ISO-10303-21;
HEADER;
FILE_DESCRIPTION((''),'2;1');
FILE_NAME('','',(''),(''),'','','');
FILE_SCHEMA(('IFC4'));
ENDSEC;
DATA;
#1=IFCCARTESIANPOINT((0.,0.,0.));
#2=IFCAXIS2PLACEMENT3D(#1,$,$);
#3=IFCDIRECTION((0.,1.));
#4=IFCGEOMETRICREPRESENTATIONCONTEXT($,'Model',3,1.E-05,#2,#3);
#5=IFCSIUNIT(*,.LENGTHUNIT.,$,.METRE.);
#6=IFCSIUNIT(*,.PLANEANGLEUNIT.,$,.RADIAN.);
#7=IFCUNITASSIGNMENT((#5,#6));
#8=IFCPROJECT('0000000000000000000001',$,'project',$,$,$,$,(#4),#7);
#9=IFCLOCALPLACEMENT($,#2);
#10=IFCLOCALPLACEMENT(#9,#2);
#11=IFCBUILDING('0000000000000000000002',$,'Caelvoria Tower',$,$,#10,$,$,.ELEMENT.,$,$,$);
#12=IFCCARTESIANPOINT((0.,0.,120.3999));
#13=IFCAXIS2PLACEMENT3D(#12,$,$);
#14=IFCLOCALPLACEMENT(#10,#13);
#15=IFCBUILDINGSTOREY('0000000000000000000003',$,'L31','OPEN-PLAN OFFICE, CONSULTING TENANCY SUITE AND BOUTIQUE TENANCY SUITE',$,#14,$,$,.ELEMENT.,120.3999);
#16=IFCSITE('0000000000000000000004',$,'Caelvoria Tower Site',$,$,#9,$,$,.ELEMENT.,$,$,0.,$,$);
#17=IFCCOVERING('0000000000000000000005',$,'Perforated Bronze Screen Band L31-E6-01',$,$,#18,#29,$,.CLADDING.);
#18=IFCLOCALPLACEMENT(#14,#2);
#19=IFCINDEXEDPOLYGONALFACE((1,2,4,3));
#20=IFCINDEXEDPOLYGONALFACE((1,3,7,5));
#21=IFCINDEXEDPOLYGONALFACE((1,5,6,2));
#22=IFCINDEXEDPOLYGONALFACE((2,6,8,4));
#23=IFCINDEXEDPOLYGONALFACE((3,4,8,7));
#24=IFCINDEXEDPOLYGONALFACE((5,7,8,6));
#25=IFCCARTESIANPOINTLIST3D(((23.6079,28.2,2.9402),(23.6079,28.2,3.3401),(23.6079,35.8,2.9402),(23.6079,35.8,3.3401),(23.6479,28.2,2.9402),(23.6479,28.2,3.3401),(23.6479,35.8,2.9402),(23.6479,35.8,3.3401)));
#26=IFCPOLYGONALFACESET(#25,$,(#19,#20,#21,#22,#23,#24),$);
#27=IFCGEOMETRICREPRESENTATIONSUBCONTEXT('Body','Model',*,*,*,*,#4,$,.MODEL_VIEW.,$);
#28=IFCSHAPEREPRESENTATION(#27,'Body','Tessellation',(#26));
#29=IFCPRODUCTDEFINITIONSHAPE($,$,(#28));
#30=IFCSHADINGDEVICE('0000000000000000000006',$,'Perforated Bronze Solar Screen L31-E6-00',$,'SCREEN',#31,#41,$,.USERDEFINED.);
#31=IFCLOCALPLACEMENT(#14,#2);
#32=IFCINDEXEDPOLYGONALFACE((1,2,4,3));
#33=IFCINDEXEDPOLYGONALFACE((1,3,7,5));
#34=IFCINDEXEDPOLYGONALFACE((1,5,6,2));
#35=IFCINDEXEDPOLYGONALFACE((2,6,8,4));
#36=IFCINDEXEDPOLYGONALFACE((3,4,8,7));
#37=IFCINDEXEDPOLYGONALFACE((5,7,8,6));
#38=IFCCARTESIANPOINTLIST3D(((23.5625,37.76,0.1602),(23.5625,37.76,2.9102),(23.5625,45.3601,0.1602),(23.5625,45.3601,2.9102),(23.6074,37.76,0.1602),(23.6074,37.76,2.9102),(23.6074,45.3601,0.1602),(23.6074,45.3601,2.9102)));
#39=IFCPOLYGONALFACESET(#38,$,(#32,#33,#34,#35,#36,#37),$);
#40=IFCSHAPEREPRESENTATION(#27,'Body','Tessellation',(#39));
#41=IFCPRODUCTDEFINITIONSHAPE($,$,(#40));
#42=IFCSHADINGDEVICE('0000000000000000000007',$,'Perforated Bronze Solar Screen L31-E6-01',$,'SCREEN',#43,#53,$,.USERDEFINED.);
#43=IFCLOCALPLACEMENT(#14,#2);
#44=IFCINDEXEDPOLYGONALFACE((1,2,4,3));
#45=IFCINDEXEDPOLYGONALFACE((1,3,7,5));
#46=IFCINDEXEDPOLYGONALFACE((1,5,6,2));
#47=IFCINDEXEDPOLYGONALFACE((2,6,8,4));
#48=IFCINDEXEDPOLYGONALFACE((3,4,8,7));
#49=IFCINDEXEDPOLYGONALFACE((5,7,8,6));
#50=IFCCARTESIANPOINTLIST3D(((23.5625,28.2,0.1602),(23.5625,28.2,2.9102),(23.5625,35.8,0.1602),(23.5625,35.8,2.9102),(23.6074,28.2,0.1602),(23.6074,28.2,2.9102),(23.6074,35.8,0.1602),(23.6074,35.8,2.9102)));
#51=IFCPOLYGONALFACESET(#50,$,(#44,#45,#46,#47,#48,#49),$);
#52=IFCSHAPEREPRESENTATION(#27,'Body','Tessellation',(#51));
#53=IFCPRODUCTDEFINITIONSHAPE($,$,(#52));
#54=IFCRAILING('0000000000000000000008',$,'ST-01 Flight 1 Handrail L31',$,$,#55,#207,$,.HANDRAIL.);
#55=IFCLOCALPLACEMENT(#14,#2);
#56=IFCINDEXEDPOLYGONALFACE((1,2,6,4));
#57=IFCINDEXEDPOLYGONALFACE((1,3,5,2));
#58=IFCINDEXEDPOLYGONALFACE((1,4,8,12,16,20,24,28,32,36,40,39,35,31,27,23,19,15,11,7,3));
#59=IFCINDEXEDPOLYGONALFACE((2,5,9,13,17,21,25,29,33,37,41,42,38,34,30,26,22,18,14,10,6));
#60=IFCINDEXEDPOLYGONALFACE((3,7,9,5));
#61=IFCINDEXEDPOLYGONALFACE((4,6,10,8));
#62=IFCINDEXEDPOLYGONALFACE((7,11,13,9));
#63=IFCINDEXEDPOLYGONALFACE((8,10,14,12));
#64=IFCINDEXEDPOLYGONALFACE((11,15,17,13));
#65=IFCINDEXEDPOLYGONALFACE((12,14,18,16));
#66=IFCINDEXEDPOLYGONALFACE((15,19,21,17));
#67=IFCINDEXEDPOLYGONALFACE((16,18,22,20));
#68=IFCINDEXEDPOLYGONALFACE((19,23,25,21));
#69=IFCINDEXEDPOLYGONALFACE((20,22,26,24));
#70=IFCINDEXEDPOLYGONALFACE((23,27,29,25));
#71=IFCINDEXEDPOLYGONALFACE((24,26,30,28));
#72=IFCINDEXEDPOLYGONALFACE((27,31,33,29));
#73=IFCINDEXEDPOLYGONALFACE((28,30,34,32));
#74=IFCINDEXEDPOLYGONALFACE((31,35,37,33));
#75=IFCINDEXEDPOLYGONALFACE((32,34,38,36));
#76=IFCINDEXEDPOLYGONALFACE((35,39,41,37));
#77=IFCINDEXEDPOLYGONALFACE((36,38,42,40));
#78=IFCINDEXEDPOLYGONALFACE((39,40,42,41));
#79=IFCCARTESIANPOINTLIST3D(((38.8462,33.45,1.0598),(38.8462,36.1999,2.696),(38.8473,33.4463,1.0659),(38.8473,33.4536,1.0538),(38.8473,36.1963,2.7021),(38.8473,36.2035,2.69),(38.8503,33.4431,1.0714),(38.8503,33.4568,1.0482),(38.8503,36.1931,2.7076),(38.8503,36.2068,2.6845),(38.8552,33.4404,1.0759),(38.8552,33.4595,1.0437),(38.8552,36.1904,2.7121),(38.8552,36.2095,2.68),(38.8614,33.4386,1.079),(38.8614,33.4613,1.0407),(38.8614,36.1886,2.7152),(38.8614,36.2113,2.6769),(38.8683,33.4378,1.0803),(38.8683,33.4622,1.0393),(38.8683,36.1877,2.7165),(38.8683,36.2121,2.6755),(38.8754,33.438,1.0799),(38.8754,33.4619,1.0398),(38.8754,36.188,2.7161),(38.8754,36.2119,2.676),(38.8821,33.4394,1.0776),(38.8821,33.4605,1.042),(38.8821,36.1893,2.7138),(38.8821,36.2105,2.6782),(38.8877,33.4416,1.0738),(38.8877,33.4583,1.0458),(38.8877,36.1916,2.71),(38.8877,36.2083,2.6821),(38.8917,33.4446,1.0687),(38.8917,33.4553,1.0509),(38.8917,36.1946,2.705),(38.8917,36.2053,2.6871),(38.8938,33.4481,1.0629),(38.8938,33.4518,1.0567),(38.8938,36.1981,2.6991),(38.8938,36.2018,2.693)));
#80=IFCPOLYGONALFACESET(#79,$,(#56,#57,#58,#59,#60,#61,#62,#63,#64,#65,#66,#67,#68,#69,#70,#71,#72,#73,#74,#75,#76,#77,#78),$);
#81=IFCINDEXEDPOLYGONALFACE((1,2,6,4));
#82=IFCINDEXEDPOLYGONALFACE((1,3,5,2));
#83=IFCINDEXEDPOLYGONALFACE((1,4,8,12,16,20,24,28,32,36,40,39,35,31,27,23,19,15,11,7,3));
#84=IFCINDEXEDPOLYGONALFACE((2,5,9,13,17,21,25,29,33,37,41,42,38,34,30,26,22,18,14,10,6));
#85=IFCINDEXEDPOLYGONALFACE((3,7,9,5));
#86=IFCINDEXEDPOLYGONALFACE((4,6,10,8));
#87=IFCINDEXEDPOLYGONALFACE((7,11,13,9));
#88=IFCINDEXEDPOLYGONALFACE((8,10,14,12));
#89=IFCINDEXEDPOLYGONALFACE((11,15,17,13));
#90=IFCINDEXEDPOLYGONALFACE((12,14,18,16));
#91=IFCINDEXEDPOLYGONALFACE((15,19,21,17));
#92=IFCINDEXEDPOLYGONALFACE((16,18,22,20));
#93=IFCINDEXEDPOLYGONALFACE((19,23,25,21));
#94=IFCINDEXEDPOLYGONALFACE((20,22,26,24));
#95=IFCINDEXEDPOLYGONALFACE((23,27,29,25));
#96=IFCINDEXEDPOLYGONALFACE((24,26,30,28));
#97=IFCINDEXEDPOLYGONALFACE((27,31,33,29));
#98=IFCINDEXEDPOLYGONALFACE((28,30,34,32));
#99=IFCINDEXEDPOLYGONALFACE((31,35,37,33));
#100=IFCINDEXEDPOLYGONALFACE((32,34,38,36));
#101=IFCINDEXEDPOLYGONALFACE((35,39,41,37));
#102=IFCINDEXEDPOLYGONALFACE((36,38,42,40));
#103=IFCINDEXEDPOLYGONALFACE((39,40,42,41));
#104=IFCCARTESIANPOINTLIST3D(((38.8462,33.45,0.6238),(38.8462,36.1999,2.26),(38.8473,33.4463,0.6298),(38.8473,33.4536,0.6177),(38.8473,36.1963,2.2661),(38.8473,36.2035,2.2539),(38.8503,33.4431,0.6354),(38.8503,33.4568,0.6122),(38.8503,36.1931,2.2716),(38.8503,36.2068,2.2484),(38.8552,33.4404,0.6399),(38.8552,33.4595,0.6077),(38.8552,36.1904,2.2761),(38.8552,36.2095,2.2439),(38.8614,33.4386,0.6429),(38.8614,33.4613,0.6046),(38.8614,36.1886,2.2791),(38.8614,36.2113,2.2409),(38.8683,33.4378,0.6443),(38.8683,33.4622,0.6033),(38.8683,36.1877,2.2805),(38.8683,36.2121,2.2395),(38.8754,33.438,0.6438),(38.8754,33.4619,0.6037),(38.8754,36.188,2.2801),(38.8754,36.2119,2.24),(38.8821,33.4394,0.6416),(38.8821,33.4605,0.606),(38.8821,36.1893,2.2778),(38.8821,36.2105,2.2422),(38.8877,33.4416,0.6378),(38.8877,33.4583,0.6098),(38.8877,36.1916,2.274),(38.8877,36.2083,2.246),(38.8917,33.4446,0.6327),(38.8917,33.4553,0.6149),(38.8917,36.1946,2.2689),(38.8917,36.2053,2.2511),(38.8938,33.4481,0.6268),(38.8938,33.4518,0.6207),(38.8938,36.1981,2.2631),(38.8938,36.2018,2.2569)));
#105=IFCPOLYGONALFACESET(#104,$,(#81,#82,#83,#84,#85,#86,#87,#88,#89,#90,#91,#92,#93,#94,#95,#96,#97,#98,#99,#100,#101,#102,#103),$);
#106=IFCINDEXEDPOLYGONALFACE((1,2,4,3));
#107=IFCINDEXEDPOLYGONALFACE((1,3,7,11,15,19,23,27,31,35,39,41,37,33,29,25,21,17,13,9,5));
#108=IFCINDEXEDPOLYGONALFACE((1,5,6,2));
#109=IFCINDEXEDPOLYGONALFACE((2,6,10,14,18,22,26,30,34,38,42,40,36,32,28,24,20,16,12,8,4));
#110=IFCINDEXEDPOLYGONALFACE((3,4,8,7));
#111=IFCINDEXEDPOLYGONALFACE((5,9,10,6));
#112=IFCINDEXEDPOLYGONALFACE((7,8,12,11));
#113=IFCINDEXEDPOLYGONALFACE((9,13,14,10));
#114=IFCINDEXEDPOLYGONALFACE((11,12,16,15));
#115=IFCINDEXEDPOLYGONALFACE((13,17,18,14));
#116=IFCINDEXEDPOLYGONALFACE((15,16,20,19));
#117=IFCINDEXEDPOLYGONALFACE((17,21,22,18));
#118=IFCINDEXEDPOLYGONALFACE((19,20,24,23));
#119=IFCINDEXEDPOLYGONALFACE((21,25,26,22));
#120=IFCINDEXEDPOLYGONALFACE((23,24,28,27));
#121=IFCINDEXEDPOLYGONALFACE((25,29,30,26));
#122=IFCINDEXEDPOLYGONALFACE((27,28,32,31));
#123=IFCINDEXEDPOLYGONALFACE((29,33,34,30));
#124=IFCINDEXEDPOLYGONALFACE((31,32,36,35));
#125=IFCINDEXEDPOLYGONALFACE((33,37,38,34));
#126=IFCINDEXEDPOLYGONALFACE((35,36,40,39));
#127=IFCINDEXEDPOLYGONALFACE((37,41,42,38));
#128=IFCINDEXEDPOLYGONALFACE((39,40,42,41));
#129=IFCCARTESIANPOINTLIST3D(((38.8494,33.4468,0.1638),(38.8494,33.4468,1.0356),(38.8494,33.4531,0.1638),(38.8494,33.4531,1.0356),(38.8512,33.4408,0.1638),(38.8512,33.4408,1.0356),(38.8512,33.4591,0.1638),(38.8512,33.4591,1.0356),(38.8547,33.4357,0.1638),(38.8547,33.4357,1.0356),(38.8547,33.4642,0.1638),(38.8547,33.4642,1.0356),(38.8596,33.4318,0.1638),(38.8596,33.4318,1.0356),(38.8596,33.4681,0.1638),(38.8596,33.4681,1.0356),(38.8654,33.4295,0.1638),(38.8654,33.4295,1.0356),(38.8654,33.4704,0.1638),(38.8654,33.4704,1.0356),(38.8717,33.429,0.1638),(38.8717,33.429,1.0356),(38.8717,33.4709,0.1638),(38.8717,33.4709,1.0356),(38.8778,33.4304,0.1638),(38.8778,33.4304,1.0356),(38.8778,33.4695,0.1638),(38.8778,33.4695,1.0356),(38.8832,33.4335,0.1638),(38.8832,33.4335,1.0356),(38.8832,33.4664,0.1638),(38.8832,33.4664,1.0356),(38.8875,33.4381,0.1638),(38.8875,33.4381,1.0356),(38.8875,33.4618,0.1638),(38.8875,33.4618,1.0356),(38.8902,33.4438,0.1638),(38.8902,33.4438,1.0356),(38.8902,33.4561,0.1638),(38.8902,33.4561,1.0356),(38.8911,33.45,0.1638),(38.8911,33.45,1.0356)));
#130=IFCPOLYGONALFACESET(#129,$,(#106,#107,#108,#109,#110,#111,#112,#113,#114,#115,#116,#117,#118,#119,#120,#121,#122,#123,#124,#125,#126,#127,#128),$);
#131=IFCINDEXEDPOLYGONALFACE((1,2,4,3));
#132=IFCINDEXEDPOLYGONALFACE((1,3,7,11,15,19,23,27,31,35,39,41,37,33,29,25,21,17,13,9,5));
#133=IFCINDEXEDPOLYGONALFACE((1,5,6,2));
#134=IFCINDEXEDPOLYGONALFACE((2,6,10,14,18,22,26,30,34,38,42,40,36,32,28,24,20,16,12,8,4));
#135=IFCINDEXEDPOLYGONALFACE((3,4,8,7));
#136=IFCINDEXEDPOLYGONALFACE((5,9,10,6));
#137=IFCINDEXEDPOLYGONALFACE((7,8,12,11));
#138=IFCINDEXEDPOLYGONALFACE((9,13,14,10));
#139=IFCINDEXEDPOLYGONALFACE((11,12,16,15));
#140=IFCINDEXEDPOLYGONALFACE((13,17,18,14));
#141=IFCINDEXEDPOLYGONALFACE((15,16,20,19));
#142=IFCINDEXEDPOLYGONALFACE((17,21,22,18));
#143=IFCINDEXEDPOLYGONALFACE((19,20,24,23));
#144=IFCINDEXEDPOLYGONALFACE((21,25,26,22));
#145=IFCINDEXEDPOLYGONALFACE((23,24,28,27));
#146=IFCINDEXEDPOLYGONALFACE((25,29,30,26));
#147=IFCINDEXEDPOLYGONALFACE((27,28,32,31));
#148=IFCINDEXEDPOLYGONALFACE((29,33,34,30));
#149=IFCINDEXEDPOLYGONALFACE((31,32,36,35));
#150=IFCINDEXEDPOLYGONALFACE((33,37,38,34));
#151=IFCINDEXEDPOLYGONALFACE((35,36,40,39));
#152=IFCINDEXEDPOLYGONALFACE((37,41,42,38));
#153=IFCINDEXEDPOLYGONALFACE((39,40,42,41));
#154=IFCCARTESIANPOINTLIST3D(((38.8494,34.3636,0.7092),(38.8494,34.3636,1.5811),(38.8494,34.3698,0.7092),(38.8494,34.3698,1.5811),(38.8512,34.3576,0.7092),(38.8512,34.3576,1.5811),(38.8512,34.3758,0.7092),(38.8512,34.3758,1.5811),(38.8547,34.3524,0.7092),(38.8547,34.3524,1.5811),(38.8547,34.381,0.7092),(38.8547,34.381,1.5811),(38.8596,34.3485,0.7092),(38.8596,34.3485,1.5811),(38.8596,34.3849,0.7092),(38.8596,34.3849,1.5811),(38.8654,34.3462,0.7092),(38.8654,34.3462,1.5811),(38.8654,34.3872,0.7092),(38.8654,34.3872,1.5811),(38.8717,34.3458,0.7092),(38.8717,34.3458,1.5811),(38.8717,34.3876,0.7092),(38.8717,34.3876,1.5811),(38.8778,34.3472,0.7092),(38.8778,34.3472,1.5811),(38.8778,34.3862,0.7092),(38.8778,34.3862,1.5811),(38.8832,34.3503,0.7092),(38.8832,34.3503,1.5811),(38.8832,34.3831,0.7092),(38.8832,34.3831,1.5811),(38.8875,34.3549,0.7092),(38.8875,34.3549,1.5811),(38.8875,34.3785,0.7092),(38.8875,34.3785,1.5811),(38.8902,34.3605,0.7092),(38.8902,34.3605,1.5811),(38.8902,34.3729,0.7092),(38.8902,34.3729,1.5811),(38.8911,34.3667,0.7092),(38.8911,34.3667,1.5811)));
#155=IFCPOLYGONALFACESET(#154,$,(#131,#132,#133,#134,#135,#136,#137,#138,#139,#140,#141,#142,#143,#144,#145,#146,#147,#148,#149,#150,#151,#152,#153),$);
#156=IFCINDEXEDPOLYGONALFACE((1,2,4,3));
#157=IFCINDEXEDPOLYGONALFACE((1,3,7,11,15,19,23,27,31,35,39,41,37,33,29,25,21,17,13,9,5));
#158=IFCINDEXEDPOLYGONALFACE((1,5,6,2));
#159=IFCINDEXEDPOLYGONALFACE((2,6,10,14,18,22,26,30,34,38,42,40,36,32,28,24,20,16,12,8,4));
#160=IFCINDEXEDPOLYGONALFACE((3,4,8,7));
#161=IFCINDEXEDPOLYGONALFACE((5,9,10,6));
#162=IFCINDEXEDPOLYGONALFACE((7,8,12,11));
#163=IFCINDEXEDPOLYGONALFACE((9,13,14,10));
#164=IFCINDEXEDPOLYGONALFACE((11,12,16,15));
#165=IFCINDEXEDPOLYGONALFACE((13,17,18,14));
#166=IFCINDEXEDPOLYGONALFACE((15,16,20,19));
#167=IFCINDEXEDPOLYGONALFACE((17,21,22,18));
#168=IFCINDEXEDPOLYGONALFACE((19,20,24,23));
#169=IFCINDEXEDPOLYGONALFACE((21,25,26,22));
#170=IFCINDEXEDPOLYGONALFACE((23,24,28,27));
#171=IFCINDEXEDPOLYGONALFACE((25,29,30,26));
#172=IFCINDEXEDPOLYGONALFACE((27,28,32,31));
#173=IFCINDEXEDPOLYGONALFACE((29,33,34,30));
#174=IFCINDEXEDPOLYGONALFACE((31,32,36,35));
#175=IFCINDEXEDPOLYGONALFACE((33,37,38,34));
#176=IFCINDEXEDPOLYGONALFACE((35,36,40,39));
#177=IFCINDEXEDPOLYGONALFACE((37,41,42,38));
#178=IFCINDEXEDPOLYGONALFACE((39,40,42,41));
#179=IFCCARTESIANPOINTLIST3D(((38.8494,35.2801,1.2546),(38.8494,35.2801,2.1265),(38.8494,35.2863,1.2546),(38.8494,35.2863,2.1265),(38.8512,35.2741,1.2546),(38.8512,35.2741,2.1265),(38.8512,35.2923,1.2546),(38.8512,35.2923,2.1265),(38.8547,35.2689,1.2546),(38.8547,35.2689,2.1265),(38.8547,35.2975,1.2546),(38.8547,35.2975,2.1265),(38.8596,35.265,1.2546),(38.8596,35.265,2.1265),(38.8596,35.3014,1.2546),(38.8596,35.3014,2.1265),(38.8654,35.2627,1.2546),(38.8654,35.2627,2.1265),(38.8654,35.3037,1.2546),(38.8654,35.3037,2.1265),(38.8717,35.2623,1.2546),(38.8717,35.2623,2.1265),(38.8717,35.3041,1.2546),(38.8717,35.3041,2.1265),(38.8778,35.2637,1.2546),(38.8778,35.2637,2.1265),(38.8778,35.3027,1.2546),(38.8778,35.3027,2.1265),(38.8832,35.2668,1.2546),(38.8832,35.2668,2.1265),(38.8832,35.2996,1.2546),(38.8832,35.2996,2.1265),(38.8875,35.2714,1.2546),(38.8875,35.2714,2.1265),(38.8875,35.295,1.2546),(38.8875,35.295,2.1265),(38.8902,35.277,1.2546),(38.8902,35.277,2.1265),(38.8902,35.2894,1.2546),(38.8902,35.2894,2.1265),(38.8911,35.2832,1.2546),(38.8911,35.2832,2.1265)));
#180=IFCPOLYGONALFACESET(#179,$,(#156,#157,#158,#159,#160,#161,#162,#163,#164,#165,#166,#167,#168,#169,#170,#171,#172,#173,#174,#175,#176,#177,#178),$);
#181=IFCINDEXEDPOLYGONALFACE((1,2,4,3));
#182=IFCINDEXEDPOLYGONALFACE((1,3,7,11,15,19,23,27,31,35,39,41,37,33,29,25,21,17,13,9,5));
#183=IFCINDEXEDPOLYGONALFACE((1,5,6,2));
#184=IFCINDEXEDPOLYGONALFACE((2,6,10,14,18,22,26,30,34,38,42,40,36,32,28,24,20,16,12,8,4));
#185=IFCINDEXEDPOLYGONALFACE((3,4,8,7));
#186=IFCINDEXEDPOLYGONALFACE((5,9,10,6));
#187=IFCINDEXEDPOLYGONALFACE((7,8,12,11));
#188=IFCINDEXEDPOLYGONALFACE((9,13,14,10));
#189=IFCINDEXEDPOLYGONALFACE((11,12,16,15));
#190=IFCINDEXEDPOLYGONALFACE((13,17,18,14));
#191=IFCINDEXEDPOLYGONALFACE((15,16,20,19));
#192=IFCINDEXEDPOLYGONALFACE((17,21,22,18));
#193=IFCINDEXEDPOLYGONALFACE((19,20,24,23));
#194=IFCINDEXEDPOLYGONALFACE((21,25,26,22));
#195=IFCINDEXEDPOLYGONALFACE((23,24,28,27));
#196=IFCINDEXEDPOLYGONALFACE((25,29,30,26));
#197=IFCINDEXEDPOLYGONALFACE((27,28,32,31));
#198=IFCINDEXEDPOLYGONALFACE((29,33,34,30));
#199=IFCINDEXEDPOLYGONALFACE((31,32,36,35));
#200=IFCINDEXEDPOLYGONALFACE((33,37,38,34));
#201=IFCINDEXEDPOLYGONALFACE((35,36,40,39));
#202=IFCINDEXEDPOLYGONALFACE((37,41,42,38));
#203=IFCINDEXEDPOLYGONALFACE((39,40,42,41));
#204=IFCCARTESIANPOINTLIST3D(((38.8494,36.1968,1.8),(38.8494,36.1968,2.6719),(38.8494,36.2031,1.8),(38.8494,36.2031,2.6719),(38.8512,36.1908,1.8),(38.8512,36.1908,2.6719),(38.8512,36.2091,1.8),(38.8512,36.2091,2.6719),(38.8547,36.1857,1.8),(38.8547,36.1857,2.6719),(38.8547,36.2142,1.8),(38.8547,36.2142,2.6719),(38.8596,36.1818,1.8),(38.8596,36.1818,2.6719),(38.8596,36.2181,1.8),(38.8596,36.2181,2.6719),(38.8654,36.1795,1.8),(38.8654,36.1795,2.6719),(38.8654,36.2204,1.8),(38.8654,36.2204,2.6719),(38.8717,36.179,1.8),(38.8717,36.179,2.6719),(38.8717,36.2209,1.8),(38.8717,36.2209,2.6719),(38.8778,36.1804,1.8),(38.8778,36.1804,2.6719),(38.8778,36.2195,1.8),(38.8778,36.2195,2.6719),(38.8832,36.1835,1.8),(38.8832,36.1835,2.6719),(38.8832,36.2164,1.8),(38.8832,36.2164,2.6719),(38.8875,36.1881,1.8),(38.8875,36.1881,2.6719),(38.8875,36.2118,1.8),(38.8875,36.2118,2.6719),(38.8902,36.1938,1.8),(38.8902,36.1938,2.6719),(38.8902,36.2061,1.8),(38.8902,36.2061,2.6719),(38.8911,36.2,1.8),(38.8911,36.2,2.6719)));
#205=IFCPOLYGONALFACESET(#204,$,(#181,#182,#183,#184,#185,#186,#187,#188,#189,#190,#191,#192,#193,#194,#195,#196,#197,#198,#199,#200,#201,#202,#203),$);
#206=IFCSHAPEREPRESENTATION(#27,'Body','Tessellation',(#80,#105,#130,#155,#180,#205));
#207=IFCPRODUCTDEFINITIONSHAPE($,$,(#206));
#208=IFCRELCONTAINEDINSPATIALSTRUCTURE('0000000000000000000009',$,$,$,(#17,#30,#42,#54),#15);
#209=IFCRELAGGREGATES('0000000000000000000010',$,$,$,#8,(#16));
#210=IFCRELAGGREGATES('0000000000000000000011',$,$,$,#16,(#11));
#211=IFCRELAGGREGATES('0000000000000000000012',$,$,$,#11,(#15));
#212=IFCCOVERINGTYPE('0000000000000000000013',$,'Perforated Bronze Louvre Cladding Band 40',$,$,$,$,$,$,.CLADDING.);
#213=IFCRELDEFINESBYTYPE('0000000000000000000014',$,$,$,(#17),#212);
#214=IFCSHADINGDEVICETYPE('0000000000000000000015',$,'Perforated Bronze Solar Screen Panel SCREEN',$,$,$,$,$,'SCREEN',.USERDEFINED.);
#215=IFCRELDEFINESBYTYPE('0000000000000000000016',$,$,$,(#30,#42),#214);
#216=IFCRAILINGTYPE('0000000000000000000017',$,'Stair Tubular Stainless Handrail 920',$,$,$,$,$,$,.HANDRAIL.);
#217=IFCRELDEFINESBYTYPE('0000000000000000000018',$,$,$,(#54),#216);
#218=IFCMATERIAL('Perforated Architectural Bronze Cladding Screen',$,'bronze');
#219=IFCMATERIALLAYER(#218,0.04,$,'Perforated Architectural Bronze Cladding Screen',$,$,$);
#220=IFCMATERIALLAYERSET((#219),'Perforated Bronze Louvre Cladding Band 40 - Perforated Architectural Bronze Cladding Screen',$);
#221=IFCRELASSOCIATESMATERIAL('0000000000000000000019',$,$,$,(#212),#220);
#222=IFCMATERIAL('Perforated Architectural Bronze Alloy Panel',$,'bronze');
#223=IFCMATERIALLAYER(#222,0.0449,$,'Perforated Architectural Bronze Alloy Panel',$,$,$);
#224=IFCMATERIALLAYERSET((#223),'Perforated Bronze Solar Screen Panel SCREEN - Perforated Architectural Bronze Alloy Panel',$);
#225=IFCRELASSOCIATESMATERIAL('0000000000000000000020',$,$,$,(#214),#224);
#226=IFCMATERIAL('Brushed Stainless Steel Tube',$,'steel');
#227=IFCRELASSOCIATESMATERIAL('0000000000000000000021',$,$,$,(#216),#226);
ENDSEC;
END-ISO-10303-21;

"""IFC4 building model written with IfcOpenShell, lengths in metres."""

from ifc_helpers import new_model, si_unit, direction, frame, origin, origin_2d, place, context, subcontext, project, spatial, rectangle, circle, extrude, material, layer, layer_set, type_object, element, save


model = new_model("IFC4")

# Units and contexts
model_context = context("Model", 3, precision=1e-05, world=origin(), true_north=direction((0.0, 1.0)))
body_context = subcontext(model_context, "Body", "Model", "MODEL_VIEW")
ifc_project = project(units=[si_unit("LENGTHUNIT", "METRE"), si_unit("PLANEANGLEUNIT", "RADIAN")], contexts=[model_context])

# Site, building, storey
site_placement = place(None, origin())
site = spatial("IfcSite", under=ifc_project, at=site_placement, Name="Caelvoria Tower Site", CompositionType="ELEMENT", RefElevation=0.0)
building_placement = place(site_placement, origin())
building = spatial("IfcBuilding", under=site, at=building_placement, Name="Caelvoria Tower", CompositionType="ELEMENT")
storey_placement = place(building_placement, frame((0.0, 0.0, 120.3999)))
storey = spatial("IfcBuildingStorey", under=building, at=storey_placement, Name="L31", Description="OPEN-PLAN OFFICE, CONSULTING TENANCY SUITE AND BOUTIQUE TENANCY SUITE", CompositionType="ELEMENT", Elevation=120.3999)

# Covering
ifc_material_1 = material(Name="Perforated Architectural Bronze Cladding Screen", Category="bronze")
ifc_layer_1 = layer(ifc_material_1, 0.04, Name="Perforated Architectural Bronze Cladding Screen")
ifc_layer_set_1 = layer_set([ifc_layer_1], Name="Perforated Bronze Louvre Cladding Band 40 - Perforated Architectural Bronze Cladding Screen")
covering_type = type_object("IfcCoveringType", Name="Perforated Bronze Louvre Cladding Band 40", PredefinedType="CLADDING", material=ifc_layer_set_1)
for number, where, z_axis, x_axis, name in (
    (1, (23.6279, 32.0, 2.9402), (0.0, 0.0, 1.0), (0.0, -1.0, 0.0), "Perforated Bronze Screen Band L31-E6-01"),
):
    element("IfcCovering", number, at=place(storey_placement, frame(where, z_axis=z_axis, x_axis=x_axis)), inside=storey, type_object=covering_type, Name=name, PredefinedType="CLADDING", context=body_context, shape_type="SweptSolid", body=[
        extrude(rectangle(XDim=7.6001, YDim=0.04, at=origin_2d()), origin(), (0.0, 0.0, 1.0), 0.3999),
    ])

# Shading devices
ifc_material_2 = material(Name="Perforated Architectural Bronze Alloy Panel", Category="bronze")
ifc_layer_2 = layer(ifc_material_2, 0.0449, Name="Perforated Architectural Bronze Alloy Panel")
ifc_layer_set_2 = layer_set([ifc_layer_2], Name="Perforated Bronze Solar Screen Panel SCREEN - Perforated Architectural Bronze Alloy Panel")
shading_device_type = type_object("IfcShadingDeviceType", Name="Perforated Bronze Solar Screen Panel SCREEN", ElementType="SCREEN", PredefinedType="USERDEFINED", material=ifc_layer_set_2)
for number, where, z_axis, x_axis, name in (
    (2, (23.585, 41.5601, 0.1602), (0.0, 0.0, 1.0), (0.0, -1.0, 0.0), "Perforated Bronze Solar Screen L31-E6-00"),
    (3, (23.585, 32.0, 0.1602), (0.0, 0.0, 1.0), (0.0, -1.0, 0.0), "Perforated Bronze Solar Screen L31-E6-01"),
):
    element("IfcShadingDevice", number, at=place(storey_placement, frame(where, z_axis=z_axis, x_axis=x_axis)), inside=storey, type_object=shading_device_type, Name=name, ObjectType="SCREEN", PredefinedType="USERDEFINED", context=body_context, shape_type="SweptSolid", body=[
        extrude(rectangle(XDim=7.6001, YDim=0.0449, at=origin_2d()), origin(), (0.0, 0.0, 1.0), 2.75),
    ])

# Railing
ifc_material_3 = material(Name="Brushed Stainless Steel Tube", Category="steel")
railing_type_1 = type_object("IfcRailingType", Name="Stair Tubular Stainless Handrail 920", PredefinedType="HANDRAIL", material=ifc_material_3)
railing_1_placement = place(storey_placement, frame((38.8701, 33.45, 0.1638)))
element("IfcRailing", 4, at=railing_1_placement, inside=storey, type_object=railing_type_1, Name="ST-01 Flight 1 Handrail L31", PredefinedType="HANDRAIL", context=body_context, shape_type="SweptSolid", body=[
    extrude(circle(Radius=0.0239, at=origin_2d()), frame((0.0, 0.0, 0.896), z_axis=(0.0, 0.859385, 0.511328), x_axis=(-1.0, 0.0, 0.0)), (0.0, 0.0, 1.0), 3.2),
    extrude(circle(Radius=0.0239, at=origin_2d()), frame((0.0, 0.0, 0.46), z_axis=(0.0, 0.859385, 0.511328), x_axis=(-1.0, 0.0, 0.0)), (0.0, 0.0, 1.0), 3.2),
    extrude(circle(Radius=0.021, at=origin_2d()), origin(), (0.0, 0.0, 1.0), 0.8718),
    extrude(circle(Radius=0.021, at=origin_2d()), frame((0.0, 0.9167, 0.5454)), (0.0, 0.0, 1.0), 0.8718),
    extrude(circle(Radius=0.021, at=origin_2d()), frame((0.0, 1.8333, 1.0908)), (0.0, 0.0, 1.0), 0.8718),
    extrude(circle(Radius=0.021, at=origin_2d()), frame((0.0, 2.75, 1.6362)), (0.0, 0.0, 1.0), 0.8718),
])

save(model, "model.ifc")
